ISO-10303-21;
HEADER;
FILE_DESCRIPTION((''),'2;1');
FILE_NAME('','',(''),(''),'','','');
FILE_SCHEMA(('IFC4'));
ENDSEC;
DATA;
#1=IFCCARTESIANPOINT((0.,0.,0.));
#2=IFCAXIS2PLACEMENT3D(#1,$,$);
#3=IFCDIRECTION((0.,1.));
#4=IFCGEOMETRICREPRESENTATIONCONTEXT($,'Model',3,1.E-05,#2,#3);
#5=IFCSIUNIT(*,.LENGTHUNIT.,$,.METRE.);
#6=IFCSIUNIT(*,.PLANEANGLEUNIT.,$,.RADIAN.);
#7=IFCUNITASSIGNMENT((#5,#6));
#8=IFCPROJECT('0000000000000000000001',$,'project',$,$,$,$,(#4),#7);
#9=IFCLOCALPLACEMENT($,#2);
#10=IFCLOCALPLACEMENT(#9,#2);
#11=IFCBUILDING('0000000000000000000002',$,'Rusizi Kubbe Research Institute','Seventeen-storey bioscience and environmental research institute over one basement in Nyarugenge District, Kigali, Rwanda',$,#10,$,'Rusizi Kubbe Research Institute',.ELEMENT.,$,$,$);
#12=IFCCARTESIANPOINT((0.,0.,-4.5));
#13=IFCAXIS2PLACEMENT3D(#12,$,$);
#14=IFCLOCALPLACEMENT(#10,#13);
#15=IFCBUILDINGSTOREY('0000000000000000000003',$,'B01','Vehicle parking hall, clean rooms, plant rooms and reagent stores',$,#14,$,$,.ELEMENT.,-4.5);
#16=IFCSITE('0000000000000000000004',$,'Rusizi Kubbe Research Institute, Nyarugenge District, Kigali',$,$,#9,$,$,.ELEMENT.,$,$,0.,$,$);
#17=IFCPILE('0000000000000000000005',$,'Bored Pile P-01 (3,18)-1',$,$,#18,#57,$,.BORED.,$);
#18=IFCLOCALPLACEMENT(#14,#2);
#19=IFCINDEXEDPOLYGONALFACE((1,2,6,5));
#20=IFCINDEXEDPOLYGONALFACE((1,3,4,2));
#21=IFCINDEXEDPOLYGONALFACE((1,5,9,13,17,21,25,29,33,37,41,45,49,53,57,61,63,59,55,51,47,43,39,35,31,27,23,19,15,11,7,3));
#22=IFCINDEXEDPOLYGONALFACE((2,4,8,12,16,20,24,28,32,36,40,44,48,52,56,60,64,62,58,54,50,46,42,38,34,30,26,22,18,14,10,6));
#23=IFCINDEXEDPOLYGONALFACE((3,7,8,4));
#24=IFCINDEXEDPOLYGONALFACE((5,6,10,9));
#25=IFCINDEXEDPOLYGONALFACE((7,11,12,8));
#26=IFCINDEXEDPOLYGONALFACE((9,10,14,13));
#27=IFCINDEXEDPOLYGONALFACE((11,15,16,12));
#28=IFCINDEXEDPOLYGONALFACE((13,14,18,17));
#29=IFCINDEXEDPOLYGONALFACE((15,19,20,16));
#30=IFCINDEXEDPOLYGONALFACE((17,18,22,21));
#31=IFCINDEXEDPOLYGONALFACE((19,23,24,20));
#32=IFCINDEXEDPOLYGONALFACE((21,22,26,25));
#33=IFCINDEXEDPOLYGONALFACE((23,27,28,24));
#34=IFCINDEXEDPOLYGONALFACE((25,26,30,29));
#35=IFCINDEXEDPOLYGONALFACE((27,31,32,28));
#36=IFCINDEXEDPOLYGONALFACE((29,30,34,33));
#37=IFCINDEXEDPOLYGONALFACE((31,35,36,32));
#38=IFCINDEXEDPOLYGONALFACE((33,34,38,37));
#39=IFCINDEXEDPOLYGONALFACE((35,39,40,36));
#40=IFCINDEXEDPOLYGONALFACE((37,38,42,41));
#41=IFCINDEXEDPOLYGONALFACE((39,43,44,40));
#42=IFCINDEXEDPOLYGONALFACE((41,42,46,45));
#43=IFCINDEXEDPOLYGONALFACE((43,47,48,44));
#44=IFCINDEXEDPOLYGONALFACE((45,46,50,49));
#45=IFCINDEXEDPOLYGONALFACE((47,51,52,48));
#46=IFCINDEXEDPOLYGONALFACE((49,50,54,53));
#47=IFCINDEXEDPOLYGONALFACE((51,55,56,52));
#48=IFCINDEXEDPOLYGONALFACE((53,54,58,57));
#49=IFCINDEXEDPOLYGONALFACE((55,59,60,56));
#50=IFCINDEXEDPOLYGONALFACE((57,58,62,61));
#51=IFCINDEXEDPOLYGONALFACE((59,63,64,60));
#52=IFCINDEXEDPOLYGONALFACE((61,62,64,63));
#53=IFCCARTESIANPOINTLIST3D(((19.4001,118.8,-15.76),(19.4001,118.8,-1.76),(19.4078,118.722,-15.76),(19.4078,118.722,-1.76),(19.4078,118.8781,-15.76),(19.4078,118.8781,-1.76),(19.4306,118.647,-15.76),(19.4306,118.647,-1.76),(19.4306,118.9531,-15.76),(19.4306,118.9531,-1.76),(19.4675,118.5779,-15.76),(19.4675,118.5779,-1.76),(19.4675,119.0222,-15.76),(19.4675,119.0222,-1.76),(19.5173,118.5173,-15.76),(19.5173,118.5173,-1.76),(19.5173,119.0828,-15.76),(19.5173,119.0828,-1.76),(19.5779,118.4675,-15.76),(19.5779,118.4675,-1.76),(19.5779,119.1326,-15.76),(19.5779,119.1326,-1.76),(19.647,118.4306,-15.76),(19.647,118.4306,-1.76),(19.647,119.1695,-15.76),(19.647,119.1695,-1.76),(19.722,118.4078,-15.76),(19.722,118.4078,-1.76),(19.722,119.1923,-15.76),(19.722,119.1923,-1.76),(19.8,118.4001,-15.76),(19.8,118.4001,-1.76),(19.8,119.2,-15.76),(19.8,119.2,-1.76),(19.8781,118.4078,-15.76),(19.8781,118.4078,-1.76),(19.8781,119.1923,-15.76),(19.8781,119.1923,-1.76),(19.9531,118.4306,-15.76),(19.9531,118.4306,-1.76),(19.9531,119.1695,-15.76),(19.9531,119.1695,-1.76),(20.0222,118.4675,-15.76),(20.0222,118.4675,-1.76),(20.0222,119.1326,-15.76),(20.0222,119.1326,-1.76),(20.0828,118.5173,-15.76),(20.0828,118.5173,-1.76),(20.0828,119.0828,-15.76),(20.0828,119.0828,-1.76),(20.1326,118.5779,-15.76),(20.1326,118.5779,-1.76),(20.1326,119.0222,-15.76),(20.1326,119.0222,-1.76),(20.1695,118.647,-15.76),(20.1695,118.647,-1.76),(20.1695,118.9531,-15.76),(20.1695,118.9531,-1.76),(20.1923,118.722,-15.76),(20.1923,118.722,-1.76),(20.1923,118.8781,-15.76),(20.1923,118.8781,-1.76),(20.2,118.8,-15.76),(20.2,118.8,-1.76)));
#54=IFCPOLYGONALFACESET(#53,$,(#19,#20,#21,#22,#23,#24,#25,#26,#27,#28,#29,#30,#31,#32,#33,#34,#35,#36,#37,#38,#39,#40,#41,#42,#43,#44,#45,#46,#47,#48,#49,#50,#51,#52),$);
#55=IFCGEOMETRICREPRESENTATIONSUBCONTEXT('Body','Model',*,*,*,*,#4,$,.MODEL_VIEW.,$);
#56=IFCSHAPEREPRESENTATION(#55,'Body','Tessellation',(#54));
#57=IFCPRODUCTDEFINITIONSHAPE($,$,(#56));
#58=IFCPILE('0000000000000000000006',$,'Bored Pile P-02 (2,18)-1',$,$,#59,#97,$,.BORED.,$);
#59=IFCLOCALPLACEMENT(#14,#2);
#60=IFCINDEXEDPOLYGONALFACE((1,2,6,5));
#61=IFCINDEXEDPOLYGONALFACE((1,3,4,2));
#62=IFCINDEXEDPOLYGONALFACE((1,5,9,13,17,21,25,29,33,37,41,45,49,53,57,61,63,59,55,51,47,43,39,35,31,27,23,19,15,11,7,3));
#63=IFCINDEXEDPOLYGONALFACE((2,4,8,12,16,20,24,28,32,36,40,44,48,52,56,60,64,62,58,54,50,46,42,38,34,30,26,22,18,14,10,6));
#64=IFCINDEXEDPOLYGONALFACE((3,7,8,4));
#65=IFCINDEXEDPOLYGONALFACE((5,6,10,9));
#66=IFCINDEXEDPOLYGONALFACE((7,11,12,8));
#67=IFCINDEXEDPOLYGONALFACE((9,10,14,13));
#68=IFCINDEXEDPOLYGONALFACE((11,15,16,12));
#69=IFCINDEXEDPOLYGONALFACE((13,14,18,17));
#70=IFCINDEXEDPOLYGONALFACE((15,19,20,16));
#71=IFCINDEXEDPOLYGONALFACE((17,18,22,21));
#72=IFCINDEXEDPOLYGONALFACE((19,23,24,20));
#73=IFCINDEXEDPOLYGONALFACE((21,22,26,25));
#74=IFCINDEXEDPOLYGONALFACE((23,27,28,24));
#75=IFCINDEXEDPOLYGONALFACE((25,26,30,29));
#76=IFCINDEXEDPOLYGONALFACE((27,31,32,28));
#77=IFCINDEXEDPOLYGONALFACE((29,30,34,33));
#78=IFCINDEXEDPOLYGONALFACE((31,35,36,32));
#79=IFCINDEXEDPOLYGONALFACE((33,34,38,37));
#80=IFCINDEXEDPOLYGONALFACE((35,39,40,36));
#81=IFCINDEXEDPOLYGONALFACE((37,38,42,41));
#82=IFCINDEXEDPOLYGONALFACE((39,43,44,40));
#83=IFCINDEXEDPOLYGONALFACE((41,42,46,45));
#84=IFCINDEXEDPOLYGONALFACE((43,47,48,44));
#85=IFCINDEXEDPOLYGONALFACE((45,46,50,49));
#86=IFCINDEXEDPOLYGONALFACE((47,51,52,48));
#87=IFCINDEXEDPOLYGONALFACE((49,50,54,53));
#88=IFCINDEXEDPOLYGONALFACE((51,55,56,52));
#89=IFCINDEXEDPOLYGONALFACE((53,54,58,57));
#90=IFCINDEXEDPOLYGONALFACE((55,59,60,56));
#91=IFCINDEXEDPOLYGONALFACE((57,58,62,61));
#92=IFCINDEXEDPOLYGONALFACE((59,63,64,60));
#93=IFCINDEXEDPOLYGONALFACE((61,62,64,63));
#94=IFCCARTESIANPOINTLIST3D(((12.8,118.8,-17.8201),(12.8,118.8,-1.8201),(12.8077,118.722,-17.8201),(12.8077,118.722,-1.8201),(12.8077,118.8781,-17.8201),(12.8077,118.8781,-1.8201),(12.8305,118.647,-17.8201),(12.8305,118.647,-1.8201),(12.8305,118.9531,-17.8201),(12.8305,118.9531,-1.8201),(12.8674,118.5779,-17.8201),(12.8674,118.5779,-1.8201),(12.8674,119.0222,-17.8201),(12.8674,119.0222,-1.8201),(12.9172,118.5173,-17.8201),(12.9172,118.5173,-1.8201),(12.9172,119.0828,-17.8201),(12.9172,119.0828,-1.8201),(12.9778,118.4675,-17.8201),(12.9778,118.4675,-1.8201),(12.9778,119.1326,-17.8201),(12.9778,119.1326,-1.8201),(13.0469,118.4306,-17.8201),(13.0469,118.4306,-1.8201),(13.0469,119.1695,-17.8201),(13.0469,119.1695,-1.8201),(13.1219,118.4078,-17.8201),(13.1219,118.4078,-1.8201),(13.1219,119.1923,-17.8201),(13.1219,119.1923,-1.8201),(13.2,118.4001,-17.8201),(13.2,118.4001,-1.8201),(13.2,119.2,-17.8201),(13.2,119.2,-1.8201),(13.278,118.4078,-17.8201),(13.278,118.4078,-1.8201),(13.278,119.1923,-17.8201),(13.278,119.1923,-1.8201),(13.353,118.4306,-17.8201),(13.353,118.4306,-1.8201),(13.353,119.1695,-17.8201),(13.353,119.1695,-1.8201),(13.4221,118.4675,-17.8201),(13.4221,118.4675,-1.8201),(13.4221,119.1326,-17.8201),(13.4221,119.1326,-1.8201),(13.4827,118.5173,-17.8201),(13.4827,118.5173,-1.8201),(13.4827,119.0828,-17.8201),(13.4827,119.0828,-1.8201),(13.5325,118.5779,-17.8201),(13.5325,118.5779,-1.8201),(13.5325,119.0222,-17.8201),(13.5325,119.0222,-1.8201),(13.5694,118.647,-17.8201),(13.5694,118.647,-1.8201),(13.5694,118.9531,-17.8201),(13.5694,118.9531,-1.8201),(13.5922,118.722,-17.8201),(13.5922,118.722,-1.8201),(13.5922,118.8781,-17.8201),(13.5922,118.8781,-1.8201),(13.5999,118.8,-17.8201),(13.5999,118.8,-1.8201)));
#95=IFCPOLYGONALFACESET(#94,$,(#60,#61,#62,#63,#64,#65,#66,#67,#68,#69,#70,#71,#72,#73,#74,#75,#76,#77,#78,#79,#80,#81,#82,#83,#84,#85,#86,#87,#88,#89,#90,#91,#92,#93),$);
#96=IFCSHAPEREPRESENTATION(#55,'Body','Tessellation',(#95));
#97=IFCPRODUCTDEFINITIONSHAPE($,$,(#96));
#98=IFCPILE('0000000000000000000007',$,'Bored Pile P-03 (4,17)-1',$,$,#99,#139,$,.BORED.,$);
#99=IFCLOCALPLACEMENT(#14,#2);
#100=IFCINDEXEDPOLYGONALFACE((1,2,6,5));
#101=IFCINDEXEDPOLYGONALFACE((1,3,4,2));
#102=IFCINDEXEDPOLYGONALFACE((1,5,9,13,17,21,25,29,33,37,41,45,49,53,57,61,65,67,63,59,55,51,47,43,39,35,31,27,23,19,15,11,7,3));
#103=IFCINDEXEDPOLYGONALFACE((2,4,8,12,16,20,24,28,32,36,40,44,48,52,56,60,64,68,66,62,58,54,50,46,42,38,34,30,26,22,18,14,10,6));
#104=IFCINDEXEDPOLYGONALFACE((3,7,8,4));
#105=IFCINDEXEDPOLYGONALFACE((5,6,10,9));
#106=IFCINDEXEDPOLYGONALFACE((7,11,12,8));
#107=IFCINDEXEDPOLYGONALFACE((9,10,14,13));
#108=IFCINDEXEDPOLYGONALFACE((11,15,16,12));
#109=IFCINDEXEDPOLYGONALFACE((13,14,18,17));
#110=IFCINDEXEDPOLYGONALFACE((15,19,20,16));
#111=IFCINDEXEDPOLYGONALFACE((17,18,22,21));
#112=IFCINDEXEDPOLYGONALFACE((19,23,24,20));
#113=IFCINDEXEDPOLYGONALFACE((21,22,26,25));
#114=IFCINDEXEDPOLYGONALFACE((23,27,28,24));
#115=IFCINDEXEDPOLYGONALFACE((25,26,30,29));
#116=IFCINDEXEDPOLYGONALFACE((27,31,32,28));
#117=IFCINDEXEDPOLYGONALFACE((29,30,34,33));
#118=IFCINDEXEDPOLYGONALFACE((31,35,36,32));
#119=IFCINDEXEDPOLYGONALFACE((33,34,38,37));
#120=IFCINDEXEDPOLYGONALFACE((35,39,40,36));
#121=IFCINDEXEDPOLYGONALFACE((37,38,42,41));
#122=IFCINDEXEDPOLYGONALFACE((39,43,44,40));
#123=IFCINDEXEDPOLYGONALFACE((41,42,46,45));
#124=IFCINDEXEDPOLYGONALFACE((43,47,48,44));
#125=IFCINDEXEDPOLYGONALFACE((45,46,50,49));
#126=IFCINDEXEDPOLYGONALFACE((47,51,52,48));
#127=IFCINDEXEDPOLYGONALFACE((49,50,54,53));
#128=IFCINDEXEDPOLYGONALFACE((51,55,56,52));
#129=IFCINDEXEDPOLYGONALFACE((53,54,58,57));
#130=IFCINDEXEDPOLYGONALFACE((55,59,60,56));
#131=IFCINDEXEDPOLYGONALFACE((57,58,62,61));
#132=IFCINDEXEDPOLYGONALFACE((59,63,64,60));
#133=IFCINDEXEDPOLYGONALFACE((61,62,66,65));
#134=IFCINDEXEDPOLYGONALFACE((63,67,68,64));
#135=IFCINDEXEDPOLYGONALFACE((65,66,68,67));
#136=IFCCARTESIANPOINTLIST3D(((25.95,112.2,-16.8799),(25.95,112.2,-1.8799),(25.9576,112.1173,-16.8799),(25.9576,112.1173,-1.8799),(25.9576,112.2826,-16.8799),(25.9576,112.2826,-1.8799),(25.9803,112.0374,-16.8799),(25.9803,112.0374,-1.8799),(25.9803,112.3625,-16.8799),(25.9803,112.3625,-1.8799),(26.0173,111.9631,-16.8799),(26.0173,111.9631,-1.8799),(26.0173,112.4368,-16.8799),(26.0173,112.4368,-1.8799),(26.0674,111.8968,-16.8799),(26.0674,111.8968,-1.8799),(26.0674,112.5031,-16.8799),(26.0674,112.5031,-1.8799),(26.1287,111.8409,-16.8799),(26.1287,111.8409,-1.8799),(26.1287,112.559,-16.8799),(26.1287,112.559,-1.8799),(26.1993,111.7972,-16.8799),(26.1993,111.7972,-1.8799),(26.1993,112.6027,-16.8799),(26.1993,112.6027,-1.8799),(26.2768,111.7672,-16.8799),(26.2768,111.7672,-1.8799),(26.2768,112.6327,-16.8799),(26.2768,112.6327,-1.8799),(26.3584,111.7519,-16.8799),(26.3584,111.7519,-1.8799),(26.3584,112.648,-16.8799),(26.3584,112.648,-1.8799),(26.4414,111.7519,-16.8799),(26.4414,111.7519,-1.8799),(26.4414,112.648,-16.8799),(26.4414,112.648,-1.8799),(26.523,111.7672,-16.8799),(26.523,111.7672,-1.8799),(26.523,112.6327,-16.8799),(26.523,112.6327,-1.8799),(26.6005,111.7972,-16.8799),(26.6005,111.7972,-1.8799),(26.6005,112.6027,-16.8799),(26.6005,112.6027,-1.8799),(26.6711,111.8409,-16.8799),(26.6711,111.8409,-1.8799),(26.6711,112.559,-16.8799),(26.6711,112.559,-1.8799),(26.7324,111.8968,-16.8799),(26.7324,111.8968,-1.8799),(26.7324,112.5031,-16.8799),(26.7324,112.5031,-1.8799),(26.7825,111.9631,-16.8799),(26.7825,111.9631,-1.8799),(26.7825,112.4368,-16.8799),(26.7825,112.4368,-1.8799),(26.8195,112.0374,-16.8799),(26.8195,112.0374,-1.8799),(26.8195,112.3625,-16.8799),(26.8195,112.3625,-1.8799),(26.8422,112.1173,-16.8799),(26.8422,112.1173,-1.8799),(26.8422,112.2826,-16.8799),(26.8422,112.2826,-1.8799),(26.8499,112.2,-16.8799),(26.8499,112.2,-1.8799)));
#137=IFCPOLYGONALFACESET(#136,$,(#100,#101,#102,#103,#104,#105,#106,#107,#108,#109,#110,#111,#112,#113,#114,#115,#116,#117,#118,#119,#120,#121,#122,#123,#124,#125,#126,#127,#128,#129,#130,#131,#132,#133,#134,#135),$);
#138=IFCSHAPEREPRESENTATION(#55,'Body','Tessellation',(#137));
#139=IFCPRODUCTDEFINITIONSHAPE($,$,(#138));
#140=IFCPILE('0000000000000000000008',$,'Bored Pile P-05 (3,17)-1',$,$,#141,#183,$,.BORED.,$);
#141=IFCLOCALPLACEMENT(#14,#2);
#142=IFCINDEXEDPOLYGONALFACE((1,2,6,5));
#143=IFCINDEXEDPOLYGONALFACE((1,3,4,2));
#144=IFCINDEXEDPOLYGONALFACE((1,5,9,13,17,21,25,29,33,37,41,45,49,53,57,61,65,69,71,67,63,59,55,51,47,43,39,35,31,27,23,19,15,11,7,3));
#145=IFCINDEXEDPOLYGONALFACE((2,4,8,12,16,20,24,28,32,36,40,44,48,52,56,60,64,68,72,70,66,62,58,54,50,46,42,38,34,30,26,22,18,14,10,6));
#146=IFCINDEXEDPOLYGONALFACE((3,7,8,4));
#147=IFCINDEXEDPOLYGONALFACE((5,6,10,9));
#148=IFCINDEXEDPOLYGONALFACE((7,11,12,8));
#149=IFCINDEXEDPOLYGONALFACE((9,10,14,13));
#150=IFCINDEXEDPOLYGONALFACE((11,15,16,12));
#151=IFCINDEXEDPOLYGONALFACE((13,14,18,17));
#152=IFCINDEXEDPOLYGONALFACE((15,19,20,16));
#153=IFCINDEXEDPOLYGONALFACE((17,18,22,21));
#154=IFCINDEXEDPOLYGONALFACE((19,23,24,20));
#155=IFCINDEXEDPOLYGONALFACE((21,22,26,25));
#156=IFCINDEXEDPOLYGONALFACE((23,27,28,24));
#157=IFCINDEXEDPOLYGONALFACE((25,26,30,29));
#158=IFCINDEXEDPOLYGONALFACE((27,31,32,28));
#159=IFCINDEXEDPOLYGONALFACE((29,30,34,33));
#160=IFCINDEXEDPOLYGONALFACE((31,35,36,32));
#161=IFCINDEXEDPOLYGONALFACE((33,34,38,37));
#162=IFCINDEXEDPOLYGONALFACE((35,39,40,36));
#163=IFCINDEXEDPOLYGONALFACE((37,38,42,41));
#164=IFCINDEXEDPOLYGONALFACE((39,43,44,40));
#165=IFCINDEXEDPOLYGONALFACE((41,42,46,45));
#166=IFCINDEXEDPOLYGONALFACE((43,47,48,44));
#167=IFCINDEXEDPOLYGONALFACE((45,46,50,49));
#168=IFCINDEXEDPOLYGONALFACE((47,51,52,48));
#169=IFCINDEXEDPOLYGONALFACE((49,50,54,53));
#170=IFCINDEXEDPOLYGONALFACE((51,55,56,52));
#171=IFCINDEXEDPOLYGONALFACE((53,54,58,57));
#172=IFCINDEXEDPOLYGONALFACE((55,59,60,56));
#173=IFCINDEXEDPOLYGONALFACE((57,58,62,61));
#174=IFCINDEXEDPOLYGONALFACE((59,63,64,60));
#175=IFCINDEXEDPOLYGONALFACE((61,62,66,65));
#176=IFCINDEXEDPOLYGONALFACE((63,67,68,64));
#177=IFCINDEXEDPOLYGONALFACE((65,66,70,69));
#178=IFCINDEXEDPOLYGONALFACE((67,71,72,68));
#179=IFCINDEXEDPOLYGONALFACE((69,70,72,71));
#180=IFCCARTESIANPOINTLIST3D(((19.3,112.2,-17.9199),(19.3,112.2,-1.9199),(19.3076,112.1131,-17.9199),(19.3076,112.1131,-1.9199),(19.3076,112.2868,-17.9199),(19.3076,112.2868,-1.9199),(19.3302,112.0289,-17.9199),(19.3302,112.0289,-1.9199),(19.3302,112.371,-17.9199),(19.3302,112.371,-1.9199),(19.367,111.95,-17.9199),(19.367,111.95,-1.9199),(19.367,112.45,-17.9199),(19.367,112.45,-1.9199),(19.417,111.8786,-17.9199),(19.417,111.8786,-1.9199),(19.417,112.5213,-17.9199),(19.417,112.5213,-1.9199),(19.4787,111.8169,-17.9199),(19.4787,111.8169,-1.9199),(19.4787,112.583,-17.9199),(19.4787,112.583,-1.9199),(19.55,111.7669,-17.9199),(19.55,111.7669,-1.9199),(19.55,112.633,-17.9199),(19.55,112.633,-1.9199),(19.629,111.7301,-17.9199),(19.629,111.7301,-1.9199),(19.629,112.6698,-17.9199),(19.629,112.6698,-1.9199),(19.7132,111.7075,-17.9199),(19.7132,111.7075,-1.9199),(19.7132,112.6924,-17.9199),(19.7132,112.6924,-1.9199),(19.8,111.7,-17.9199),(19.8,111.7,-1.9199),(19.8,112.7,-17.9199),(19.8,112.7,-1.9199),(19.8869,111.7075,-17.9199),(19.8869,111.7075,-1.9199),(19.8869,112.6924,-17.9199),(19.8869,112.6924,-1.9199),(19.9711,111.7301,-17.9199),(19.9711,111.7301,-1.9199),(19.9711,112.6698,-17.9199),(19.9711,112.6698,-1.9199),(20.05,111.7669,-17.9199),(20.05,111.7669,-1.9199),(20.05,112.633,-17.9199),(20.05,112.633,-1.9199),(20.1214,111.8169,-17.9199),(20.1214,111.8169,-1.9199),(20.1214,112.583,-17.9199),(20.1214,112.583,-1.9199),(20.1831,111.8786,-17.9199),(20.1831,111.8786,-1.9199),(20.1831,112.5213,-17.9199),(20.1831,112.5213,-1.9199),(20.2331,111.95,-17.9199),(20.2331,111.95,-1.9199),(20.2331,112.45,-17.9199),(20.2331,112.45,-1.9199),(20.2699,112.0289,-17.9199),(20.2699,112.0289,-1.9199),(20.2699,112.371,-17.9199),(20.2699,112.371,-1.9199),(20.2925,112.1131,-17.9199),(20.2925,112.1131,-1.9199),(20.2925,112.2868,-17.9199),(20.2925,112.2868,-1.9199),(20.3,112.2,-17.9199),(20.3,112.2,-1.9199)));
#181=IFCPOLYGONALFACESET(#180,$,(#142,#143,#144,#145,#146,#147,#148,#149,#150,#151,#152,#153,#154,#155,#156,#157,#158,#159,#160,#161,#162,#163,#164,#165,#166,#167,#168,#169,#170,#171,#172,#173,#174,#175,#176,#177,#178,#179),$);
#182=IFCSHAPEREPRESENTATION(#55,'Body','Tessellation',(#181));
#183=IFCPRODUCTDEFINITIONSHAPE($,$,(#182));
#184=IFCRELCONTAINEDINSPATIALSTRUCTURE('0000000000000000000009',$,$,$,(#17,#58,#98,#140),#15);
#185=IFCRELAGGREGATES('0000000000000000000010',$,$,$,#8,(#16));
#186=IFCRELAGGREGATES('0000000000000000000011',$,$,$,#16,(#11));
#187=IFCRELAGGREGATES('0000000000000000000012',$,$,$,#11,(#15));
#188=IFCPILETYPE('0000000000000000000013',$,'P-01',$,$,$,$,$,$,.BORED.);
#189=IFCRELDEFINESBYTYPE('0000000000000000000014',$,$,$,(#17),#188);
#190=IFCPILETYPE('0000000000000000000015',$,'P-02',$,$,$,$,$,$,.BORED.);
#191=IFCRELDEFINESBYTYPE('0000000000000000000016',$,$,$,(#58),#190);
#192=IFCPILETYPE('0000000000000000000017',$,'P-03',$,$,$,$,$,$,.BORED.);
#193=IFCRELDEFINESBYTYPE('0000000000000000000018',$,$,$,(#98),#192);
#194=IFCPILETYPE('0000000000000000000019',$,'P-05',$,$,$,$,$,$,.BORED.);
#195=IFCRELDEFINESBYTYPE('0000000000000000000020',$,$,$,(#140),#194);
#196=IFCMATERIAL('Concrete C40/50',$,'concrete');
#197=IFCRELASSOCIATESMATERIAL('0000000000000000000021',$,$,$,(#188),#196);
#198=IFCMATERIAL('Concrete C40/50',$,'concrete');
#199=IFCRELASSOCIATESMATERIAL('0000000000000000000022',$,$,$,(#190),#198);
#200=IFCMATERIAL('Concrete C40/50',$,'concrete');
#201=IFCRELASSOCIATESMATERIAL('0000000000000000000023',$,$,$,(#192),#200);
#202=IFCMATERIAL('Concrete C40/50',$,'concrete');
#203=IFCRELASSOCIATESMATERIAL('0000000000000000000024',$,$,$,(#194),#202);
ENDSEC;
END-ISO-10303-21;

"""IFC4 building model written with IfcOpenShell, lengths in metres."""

from ifc_helpers import new_model, si_unit, direction, frame, origin, origin_2d, place, context, subcontext, project, spatial, circle, extrude, material, material_profile, profile_set, type_object, element, save


model = new_model("IFC4")

# Units and contexts
model_context = context("Model", 3, precision=1e-05, world=origin(), true_north=direction((0.0, 1.0)))
body_context = subcontext(model_context, "Body", "Model", "MODEL_VIEW")
ifc_project = project(units=[si_unit("LENGTHUNIT", "METRE"), si_unit("PLANEANGLEUNIT", "RADIAN")], contexts=[model_context])

# Site, building, storey
site_placement = place(None, origin())
site = spatial("IfcSite", under=ifc_project, at=site_placement, Name="Rusizi Kubbe Research Institute, Nyarugenge District, Kigali", CompositionType="ELEMENT", RefElevation=0.0)
building_placement = place(site_placement, origin())
building = spatial("IfcBuilding", under=site, at=building_placement, Name="Rusizi Kubbe Research Institute", Description="Seventeen-storey bioscience and environmental research institute over one basement in Nyarugenge District, Kigali, Rwanda", LongName="Rusizi Kubbe Research Institute", CompositionType="ELEMENT")
storey_placement = place(building_placement, frame((0.0, 0.0, -4.5)))
storey = spatial("IfcBuildingStorey", under=building, at=storey_placement, Name="B01", Description="Vehicle parking hall, clean rooms, plant rooms and reagent stores", CompositionType="ELEMENT", Elevation=-4.5)

# Piles
ifc_material_1 = material(Name="Concrete C40/50", Category="concrete")
ifc_material_profile_1 = material_profile(ifc_material_1, circle(Radius=0.3999, at=origin_2d()), Name="PILE-D800")
ifc_profile_set_1 = profile_set([ifc_material_profile_1], Name="Concrete C40/50")
pile_type_1 = type_object("IfcPileType", Name="P-01", PredefinedType="BORED", material=ifc_profile_set_1)
pile_1_placement = place(storey_placement, frame((19.8, 118.8, -1.76), z_axis=(0.0, 0.0, -1.0), x_axis=(1.0, 0.0, 0.0)))
element("IfcPile", 1, at=pile_1_placement, inside=storey, type_object=pile_type_1, Name="Bored Pile P-01 (3,18)-1", PredefinedType="BORED", context=body_context, shape_type="SweptSolid", body=[
    extrude(circle(Radius=0.3999, at=origin_2d()), origin(), (0.0, 0.0, 1.0), 14.0),
])
ifc_material_2 = material(Name="Concrete C40/50", Category="concrete")
ifc_material_profile_2 = material_profile(ifc_material_2, circle(Radius=0.3999, at=origin_2d()), Name="PILE-D800")
ifc_profile_set_2 = profile_set([ifc_material_profile_2], Name="Concrete C40/50")
pile_type_2 = type_object("IfcPileType", Name="P-02", PredefinedType="BORED", material=ifc_profile_set_2)
pile_2_placement = place(storey_placement, frame((13.2, 118.8, -1.8201), z_axis=(0.0, 0.0, -1.0), x_axis=(1.0, 0.0, 0.0)))
element("IfcPile", 2, at=pile_2_placement, inside=storey, type_object=pile_type_2, Name="Bored Pile P-02 (2,18)-1", PredefinedType="BORED", context=body_context, shape_type="SweptSolid", body=[
    extrude(circle(Radius=0.3999, at=origin_2d()), origin(), (0.0, 0.0, 1.0), 16.0),
])
ifc_material_3 = material(Name="Concrete C40/50", Category="concrete")
ifc_material_profile_3 = material_profile(ifc_material_3, circle(Radius=0.45, at=origin_2d()), Name="PILE-D900")
ifc_profile_set_3 = profile_set([ifc_material_profile_3], Name="Concrete C40/50")
pile_type_3 = type_object("IfcPileType", Name="P-03", PredefinedType="BORED", material=ifc_profile_set_3)
pile_3_placement = place(storey_placement, frame((26.3999, 112.2, -1.8799), z_axis=(0.0, 0.0, -1.0), x_axis=(1.0, 0.0, 0.0)))
element("IfcPile", 3, at=pile_3_placement, inside=storey, type_object=pile_type_3, Name="Bored Pile P-03 (4,17)-1", PredefinedType="BORED", context=body_context, shape_type="SweptSolid", body=[
    extrude(circle(Radius=0.45, at=origin_2d()), origin(), (0.0, 0.0, 1.0), 15.0),
])
ifc_material_4 = material(Name="Concrete C40/50", Category="concrete")
ifc_material_profile_4 = material_profile(ifc_material_4, circle(Radius=0.5, at=origin_2d()), Name="PILE-D1000")
ifc_profile_set_4 = profile_set([ifc_material_profile_4], Name="Concrete C40/50")
pile_type_4 = type_object("IfcPileType", Name="P-05", PredefinedType="BORED", material=ifc_profile_set_4)
pile_4_placement = place(storey_placement, frame((19.8, 112.2, -1.9199), z_axis=(0.0, 0.0, -1.0), x_axis=(1.0, 0.0, 0.0)))
element("IfcPile", 4, at=pile_4_placement, inside=storey, type_object=pile_type_4, Name="Bored Pile P-05 (3,17)-1", PredefinedType="BORED", context=body_context, shape_type="SweptSolid", body=[
    extrude(circle(Radius=0.5, at=origin_2d()), origin(), (0.0, 0.0, 1.0), 16.0),
])

save(model, "model.ifc")
